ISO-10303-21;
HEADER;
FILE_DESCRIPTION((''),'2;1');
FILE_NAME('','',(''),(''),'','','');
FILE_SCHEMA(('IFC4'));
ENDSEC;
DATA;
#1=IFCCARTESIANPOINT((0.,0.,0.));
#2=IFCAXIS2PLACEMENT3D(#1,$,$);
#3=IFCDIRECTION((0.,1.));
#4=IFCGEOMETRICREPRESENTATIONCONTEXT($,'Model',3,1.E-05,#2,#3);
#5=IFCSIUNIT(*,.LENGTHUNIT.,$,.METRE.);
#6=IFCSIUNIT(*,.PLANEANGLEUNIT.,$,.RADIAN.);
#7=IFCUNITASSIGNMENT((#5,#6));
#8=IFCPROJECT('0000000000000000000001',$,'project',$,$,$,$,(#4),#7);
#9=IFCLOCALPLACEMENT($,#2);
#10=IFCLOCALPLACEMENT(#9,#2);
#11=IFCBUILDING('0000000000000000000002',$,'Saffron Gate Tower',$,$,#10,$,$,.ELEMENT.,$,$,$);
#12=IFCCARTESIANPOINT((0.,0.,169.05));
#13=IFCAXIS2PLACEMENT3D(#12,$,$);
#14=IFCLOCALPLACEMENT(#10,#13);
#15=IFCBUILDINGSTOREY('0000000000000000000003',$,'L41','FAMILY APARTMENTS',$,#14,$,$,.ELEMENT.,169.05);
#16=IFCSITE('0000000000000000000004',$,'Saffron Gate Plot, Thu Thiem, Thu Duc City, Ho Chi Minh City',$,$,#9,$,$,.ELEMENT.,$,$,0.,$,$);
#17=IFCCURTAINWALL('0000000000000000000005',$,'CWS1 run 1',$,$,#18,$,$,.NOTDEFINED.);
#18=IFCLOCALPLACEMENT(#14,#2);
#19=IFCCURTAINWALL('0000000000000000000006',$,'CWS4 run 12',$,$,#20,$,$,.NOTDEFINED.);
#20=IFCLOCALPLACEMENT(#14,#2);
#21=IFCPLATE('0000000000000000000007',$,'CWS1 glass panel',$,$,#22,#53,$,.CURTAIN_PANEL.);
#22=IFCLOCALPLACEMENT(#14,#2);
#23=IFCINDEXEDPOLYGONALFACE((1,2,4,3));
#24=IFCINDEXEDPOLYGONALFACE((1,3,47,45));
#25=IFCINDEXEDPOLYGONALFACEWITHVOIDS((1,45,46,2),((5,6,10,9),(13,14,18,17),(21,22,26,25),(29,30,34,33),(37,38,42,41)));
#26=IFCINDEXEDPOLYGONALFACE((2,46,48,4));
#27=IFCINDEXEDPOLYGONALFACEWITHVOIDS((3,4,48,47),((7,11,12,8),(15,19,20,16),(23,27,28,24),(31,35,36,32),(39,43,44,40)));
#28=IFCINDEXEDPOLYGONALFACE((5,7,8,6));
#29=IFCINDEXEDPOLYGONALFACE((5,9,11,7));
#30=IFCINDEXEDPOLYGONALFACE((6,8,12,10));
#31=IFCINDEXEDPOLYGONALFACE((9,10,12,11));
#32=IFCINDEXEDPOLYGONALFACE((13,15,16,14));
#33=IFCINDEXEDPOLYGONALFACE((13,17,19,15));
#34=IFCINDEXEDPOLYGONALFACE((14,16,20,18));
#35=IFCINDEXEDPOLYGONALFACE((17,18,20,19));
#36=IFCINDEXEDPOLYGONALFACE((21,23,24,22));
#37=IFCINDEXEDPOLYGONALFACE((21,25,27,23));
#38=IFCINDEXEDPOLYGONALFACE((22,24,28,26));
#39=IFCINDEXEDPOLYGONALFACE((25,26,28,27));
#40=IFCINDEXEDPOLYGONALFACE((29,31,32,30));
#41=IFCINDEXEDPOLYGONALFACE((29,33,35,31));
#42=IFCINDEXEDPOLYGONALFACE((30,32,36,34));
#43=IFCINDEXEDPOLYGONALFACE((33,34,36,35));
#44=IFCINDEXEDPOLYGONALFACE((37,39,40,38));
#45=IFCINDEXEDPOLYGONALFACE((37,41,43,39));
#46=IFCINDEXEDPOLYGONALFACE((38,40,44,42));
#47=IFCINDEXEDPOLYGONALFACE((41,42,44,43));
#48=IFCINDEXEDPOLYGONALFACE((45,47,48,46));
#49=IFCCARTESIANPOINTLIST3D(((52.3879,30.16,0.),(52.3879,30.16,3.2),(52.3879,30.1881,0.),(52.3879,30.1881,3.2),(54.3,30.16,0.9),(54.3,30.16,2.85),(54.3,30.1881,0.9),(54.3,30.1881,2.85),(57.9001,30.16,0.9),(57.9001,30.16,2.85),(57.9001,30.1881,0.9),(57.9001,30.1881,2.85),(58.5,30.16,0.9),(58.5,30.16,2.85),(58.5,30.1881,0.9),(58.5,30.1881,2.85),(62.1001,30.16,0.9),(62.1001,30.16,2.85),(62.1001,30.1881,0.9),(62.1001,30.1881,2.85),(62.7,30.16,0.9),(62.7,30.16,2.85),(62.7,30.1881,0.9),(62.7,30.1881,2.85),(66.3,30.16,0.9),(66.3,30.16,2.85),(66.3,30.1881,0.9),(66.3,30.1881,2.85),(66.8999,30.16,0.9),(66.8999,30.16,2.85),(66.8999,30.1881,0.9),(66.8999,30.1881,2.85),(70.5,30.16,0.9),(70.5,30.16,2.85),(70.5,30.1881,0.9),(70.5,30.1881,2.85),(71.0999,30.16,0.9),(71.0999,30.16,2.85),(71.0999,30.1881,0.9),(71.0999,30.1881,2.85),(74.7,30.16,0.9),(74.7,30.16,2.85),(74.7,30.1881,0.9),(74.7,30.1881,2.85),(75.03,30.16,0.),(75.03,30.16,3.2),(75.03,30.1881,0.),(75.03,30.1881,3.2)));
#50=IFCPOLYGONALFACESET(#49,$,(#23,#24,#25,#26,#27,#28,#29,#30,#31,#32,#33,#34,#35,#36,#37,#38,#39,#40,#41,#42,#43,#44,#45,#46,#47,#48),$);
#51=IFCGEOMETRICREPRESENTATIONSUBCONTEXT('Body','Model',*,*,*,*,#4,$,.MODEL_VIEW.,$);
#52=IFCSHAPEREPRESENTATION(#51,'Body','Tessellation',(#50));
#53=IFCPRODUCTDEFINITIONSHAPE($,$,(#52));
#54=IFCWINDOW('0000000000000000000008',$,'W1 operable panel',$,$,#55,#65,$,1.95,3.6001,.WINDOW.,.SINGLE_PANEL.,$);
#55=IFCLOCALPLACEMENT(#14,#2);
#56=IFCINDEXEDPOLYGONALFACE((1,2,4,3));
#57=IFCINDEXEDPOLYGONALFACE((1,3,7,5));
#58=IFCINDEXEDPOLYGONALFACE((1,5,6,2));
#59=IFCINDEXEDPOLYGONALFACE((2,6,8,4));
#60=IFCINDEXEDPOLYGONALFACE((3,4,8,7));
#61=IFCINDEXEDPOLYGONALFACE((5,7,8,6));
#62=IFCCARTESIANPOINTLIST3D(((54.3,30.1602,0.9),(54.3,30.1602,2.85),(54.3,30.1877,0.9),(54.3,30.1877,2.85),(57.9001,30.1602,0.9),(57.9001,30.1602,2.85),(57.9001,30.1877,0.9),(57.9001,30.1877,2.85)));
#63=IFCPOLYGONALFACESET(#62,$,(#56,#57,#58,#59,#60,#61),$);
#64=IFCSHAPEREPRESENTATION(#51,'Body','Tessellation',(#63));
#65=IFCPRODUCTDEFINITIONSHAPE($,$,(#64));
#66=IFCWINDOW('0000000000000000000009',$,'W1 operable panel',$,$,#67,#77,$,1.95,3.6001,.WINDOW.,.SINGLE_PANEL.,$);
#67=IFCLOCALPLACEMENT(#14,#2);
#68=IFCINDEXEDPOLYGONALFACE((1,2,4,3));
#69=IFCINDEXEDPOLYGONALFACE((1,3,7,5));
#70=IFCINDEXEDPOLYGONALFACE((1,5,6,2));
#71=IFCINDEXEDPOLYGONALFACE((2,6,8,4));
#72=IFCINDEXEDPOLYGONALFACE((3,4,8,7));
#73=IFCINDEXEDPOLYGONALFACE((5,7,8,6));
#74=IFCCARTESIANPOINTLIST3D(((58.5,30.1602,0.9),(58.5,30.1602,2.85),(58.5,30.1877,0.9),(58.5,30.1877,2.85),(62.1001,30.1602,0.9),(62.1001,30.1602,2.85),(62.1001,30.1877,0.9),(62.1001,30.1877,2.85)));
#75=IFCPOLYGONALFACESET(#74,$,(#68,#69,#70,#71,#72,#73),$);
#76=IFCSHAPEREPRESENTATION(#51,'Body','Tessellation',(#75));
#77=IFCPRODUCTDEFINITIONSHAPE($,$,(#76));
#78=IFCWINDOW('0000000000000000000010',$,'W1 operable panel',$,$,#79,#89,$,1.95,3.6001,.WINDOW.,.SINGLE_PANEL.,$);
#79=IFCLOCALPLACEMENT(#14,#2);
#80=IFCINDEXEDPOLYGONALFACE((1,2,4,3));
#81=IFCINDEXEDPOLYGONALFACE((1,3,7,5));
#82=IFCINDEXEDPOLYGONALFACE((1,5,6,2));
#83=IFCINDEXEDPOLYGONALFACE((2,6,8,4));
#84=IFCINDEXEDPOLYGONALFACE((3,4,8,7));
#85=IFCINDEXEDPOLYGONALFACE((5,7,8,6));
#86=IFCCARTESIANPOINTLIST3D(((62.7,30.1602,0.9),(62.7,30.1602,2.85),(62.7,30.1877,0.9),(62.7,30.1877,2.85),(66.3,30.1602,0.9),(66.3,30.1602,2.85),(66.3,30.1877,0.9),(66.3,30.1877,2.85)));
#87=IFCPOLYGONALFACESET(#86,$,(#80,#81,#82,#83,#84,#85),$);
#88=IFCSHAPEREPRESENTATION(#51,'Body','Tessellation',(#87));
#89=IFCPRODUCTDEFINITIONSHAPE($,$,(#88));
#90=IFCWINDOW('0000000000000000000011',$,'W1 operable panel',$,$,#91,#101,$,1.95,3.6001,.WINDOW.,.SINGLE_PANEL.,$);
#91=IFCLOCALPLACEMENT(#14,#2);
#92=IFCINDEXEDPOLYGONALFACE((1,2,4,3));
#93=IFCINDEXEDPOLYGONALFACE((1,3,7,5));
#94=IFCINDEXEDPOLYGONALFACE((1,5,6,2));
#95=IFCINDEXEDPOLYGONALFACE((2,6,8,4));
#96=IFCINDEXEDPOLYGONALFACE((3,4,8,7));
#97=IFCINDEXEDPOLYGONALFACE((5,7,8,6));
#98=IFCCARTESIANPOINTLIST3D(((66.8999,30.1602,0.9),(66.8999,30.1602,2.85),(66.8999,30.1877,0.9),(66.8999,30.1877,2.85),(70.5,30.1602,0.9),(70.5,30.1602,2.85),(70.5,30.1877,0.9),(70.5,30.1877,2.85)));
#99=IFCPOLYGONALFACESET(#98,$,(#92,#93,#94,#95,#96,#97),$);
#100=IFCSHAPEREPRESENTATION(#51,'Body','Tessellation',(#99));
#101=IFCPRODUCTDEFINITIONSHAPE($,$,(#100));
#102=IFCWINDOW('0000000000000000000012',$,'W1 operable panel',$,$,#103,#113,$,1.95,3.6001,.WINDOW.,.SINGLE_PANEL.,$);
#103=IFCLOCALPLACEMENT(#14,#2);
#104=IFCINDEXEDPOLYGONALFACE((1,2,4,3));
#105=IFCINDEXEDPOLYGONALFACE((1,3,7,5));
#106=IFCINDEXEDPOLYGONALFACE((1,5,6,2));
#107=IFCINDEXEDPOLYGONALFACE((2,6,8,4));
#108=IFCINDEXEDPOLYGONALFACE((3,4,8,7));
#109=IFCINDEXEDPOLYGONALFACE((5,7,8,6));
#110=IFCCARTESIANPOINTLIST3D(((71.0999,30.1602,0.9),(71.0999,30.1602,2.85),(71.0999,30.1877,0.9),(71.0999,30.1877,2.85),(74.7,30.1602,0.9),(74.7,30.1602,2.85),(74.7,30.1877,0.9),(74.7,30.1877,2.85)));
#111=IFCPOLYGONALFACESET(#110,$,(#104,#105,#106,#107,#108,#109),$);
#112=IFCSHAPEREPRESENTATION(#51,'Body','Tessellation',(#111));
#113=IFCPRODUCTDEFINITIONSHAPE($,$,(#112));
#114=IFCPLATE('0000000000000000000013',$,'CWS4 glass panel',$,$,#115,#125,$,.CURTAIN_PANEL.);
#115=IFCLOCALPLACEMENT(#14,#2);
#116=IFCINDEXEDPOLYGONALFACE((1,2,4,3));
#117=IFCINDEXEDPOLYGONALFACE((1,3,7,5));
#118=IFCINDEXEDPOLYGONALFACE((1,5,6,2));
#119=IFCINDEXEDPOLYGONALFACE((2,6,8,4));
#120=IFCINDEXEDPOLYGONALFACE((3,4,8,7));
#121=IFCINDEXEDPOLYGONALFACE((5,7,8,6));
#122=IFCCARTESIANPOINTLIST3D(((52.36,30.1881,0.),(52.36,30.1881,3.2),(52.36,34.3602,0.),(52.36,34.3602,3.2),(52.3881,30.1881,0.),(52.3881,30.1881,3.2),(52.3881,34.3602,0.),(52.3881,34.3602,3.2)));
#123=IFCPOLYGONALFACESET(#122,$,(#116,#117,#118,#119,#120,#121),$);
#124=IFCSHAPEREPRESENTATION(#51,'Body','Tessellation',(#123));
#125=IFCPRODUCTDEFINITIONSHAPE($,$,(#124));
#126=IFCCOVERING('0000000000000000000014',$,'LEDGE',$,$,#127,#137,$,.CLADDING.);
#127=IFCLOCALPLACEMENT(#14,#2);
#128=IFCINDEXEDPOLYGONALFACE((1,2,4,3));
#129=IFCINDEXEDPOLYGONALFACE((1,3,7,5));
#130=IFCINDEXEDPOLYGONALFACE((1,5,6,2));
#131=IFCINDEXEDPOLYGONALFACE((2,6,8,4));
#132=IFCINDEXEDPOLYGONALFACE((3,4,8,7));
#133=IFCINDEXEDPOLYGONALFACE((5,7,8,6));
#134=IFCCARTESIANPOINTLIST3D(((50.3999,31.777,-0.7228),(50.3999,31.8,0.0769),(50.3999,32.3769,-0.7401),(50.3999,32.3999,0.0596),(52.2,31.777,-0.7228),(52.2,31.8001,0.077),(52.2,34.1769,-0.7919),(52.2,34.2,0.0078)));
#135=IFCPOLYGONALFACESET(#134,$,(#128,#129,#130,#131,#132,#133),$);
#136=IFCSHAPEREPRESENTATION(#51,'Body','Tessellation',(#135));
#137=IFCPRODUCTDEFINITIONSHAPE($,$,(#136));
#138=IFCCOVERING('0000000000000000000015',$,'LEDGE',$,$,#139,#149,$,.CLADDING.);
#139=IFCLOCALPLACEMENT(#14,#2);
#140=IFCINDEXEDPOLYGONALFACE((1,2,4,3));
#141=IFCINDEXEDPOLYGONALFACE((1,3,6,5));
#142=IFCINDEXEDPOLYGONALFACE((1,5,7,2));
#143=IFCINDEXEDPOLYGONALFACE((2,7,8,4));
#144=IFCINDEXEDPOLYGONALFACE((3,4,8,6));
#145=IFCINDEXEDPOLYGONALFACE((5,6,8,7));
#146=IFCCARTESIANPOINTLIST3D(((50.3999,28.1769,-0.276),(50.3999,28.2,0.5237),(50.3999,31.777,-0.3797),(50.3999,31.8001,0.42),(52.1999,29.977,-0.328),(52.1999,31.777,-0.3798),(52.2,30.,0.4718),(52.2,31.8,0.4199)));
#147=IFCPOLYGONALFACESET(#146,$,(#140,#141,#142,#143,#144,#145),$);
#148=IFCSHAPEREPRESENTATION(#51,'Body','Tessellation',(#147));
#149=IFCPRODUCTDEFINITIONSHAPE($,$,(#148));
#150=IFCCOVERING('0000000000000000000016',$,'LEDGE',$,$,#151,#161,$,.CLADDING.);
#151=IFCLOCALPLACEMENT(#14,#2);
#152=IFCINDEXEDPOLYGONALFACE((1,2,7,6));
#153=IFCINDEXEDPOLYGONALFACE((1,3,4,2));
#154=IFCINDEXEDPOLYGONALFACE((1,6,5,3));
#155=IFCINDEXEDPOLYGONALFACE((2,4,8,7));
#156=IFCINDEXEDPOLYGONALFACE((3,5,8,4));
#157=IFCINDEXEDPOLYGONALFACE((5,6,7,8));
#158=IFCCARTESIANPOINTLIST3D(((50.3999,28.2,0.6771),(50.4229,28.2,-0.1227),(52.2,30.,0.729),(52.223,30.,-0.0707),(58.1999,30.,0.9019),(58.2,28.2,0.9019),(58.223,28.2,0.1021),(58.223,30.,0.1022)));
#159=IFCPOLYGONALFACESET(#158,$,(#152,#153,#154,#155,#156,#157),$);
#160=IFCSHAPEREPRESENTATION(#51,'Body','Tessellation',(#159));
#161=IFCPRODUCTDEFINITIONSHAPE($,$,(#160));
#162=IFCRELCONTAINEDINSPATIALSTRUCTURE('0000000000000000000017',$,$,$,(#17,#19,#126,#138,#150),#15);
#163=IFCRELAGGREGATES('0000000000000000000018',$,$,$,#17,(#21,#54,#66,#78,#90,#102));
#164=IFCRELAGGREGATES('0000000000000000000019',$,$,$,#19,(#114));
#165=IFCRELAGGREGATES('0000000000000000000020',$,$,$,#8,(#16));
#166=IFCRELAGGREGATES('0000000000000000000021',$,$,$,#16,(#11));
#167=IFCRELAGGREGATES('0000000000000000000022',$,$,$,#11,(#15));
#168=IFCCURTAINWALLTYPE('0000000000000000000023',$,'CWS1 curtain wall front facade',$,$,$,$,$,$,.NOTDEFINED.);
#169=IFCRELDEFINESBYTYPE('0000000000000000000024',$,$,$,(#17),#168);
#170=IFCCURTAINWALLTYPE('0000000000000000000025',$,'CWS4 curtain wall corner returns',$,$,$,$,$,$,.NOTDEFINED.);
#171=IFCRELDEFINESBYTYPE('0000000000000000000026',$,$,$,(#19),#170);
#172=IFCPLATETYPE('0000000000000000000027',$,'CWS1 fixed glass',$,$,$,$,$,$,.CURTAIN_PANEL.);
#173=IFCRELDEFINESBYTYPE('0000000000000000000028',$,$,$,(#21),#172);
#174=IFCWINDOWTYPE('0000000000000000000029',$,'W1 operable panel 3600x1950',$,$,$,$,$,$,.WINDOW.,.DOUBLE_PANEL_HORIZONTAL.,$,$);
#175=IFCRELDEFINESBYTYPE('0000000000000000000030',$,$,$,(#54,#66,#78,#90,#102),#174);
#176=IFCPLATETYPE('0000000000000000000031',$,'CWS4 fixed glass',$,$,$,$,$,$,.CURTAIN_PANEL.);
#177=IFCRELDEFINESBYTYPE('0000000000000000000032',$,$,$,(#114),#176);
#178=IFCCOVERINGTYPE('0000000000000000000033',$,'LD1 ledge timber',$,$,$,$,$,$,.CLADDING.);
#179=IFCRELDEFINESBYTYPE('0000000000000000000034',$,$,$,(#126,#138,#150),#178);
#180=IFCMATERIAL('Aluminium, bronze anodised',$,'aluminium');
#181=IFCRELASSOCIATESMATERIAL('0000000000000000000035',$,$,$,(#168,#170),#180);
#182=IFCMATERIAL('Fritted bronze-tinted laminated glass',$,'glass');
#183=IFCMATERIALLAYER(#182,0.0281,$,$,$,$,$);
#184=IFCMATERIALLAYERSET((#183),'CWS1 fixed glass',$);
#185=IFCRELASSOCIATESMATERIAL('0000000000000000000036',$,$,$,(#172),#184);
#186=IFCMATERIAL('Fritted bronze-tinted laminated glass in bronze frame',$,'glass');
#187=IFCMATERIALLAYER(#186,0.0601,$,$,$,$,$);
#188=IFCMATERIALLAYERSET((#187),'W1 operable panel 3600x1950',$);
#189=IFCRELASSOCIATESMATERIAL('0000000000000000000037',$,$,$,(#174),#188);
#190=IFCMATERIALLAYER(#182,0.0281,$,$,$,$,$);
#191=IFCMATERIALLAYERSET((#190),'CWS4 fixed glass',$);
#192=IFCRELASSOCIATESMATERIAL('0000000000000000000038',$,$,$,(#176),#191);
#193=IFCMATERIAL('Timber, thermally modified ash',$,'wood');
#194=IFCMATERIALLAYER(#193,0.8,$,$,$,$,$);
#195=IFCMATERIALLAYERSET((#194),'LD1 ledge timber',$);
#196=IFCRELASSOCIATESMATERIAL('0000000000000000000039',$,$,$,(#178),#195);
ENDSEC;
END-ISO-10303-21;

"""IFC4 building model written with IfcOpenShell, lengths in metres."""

from ifc_helpers import new_model, si_unit, direction, frame, frame_2d, origin, place, context, subcontext, project, spatial, polyline, rectangle, outline, extrude, material, layer, layer_set, type_object, element, fill, aggregate, save


model = new_model("IFC4")

# Units and contexts
model_context = context("Model", 3, precision=1e-05, world=origin(), true_north=direction((0.0, 1.0)))
body_context = subcontext(model_context, "Body", "Model", "MODEL_VIEW")
ifc_project = project(units=[si_unit("LENGTHUNIT", "METRE"), si_unit("PLANEANGLEUNIT", "RADIAN")], contexts=[model_context])

# Site, building, storey
site_placement = place(None, origin())
site = spatial("IfcSite", under=ifc_project, at=site_placement, Name="Saffron Gate Plot, Thu Thiem, Thu Duc City, Ho Chi Minh City", CompositionType="ELEMENT", RefElevation=0.0)
building_placement = place(site_placement, origin())
building = spatial("IfcBuilding", under=site, at=building_placement, Name="Saffron Gate Tower", CompositionType="ELEMENT")
storey_placement = place(building_placement, frame((0.0, 0.0, 169.05)))
storey = spatial("IfcBuildingStorey", under=building, at=storey_placement, Name="L41", Description="FAMILY APARTMENTS", CompositionType="ELEMENT", Elevation=169.05)

# Curtain walls
ifc_material_1 = material(Name="Aluminium, bronze anodised", Category="aluminium")
curtain_wall_type_1 = type_object("IfcCurtainWallType", Name="CWS1 curtain wall front facade", PredefinedType="NOTDEFINED", material=ifc_material_1)
curtain_wall_1_placement = place(storey_placement, origin())
curtain_wall_1 = element("IfcCurtainWall", 1, at=curtain_wall_1_placement, inside=storey, type_object=curtain_wall_type_1, Name="CWS1 run 1", PredefinedType="NOTDEFINED")
curtain_wall_type_2 = type_object("IfcCurtainWallType", Name="CWS4 curtain wall corner returns", PredefinedType="NOTDEFINED", material=ifc_material_1)
curtain_wall_2_placement = place(storey_placement, origin())
curtain_wall_2 = element("IfcCurtainWall", 2, at=curtain_wall_2_placement, inside=storey, type_object=curtain_wall_type_2, Name="CWS4 run 12", PredefinedType="NOTDEFINED")

# Plate, openings, windows
ifc_material_2 = material(Name="Fritted bronze-tinted laminated glass", Category="glass")
ifc_layer_1 = layer(ifc_material_2, 0.0281)
ifc_layer_set_1 = layer_set([ifc_layer_1], Name="CWS1 fixed glass")
plate_type_1 = type_object("IfcPlateType", Name="CWS1 fixed glass", PredefinedType="CURTAIN_PANEL", material=ifc_layer_set_1)
plate_1_placement = place(storey_placement, frame((52.3879, 30.1741, 0.0), z_axis=(0.0, 0.0, 1.0), x_axis=(1.0, 0.0, 0.0)))
plate_1 = element("IfcPlate", 3, at=plate_1_placement, type_object=plate_type_1, Name="CWS1 glass panel", PredefinedType="CURTAIN_PANEL", context=body_context, shape_type="SweptSolid", body=[
    extrude(rectangle(XDim=22.6421, YDim=0.0281, at=frame_2d((11.321, 0.0))), origin(), (0.0, 0.0, 1.0), 3.2),
])
opening_1_placement = place(plate_1_placement, frame((1.9121, 0.0, 0.8999)))
opening_1 = element("IfcOpeningElement", 4, at=opening_1_placement, cuts=plate_1, PredefinedType="OPENING", context=body_context, shape_type="SweptSolid", body=[
    extrude(rectangle(XDim=3.6001, YDim=1.95, at=frame_2d((1.8, 0.9751))), frame((0.0, 0.0239, 0.0), z_axis=(0.0, -1.0, 0.0), x_axis=(1.0, 0.0, 0.0)), (0.0, 0.0, 1.0), 0.0481),
])
opening_2_placement = place(plate_1_placement, frame((6.1121, 0.0, 0.8999)))
opening_2 = element("IfcOpeningElement", 5, at=opening_2_placement, cuts=plate_1, PredefinedType="OPENING", context=body_context, shape_type="SweptSolid", body=[
    extrude(rectangle(XDim=3.6001, YDim=1.95, at=frame_2d((1.8, 0.9751))), frame((0.0, 0.0239, 0.0), z_axis=(0.0, -1.0, 0.0), x_axis=(1.0, 0.0, 0.0)), (0.0, 0.0, 1.0), 0.0481),
])
opening_3_placement = place(plate_1_placement, frame((10.312, 0.0, 0.8999)))
opening_3 = element("IfcOpeningElement", 6, at=opening_3_placement, cuts=plate_1, PredefinedType="OPENING", context=body_context, shape_type="SweptSolid", body=[
    extrude(rectangle(XDim=3.6001, YDim=1.95, at=frame_2d((1.8, 0.9751))), frame((0.0, 0.0239, 0.0), z_axis=(0.0, -1.0, 0.0), x_axis=(1.0, 0.0, 0.0)), (0.0, 0.0, 1.0), 0.0481),
])
opening_4_placement = place(plate_1_placement, frame((14.512, 0.0, 0.8999)))
opening_4 = element("IfcOpeningElement", 7, at=opening_4_placement, cuts=plate_1, PredefinedType="OPENING", context=body_context, shape_type="SweptSolid", body=[
    extrude(rectangle(XDim=3.6001, YDim=1.95, at=frame_2d((1.8, 0.9751))), frame((0.0, 0.0239, 0.0), z_axis=(0.0, -1.0, 0.0), x_axis=(1.0, 0.0, 0.0)), (0.0, 0.0, 1.0), 0.0481),
])
opening_5_placement = place(plate_1_placement, frame((18.7119, 0.0, 0.8999)))
opening_5 = element("IfcOpeningElement", 8, at=opening_5_placement, cuts=plate_1, PredefinedType="OPENING", context=body_context, shape_type="SweptSolid", body=[
    extrude(rectangle(XDim=3.6001, YDim=1.95, at=frame_2d((1.8, 0.9751))), frame((0.0, 0.0239, 0.0), z_axis=(0.0, -1.0, 0.0), x_axis=(1.0, 0.0, 0.0)), (0.0, 0.0, 1.0), 0.0481),
])
ifc_material_3 = material(Name="Fritted bronze-tinted laminated glass in bronze frame", Category="glass")
ifc_layer_2 = layer(ifc_material_3, 0.0601)
ifc_layer_set_2 = layer_set([ifc_layer_2], Name="W1 operable panel 3600x1950")
window_type = type_object("IfcWindowType", Name="W1 operable panel 3600x1950", PartitioningType="DOUBLE_PANEL_HORIZONTAL", PredefinedType="WINDOW", material=ifc_layer_set_2)
window_1_placement = place(opening_1_placement, origin())
window_1 = element("IfcWindow", 9, at=window_1_placement, type_object=window_type, Name="W1 operable panel", OverallHeight=1.95, OverallWidth=3.6001, PartitioningType="SINGLE_PANEL", PredefinedType="WINDOW", context=body_context, shape_type="SweptSolid", body=[
    extrude(rectangle(XDim=3.6001, YDim=1.95, at=frame_2d((1.8, 0.9751))), frame((0.0, 0.0137, 0.0), z_axis=(0.0, -1.0, 0.0), x_axis=(1.0, 0.0, 0.0)), (0.0, 0.0, 1.0), 0.0276),
])
fill(opening_1, window_1)
window_2_placement = place(opening_2_placement, origin())
window_2 = element("IfcWindow", 10, at=window_2_placement, type_object=window_type, Name="W1 operable panel", OverallHeight=1.95, OverallWidth=3.6001, PartitioningType="SINGLE_PANEL", PredefinedType="WINDOW", context=body_context, shape_type="SweptSolid", body=[
    extrude(rectangle(XDim=3.6001, YDim=1.95, at=frame_2d((1.8, 0.9751))), frame((0.0, 0.0137, 0.0), z_axis=(0.0, -1.0, 0.0), x_axis=(1.0, 0.0, 0.0)), (0.0, 0.0, 1.0), 0.0276),
])
fill(opening_2, window_2)
window_3_placement = place(opening_3_placement, origin())
window_3 = element("IfcWindow", 11, at=window_3_placement, type_object=window_type, Name="W1 operable panel", OverallHeight=1.95, OverallWidth=3.6001, PartitioningType="SINGLE_PANEL", PredefinedType="WINDOW", context=body_context, shape_type="SweptSolid", body=[
    extrude(rectangle(XDim=3.6001, YDim=1.95, at=frame_2d((1.8, 0.9751))), frame((0.0, 0.0137, 0.0), z_axis=(0.0, -1.0, 0.0), x_axis=(1.0, 0.0, 0.0)), (0.0, 0.0, 1.0), 0.0276),
])
fill(opening_3, window_3)
window_4_placement = place(opening_4_placement, origin())
window_4 = element("IfcWindow", 12, at=window_4_placement, type_object=window_type, Name="W1 operable panel", OverallHeight=1.95, OverallWidth=3.6001, PartitioningType="SINGLE_PANEL", PredefinedType="WINDOW", context=body_context, shape_type="SweptSolid", body=[
    extrude(rectangle(XDim=3.6001, YDim=1.95, at=frame_2d((1.8, 0.9751))), frame((0.0, 0.0137, 0.0), z_axis=(0.0, -1.0, 0.0), x_axis=(1.0, 0.0, 0.0)), (0.0, 0.0, 1.0), 0.0276),
])
fill(opening_4, window_4)
window_5_placement = place(opening_5_placement, origin())
window_5 = element("IfcWindow", 13, at=window_5_placement, type_object=window_type, Name="W1 operable panel", OverallHeight=1.95, OverallWidth=3.6001, PartitioningType="SINGLE_PANEL", PredefinedType="WINDOW", context=body_context, shape_type="SweptSolid", body=[
    extrude(rectangle(XDim=3.6001, YDim=1.95, at=frame_2d((1.8, 0.9751))), frame((0.0, 0.0137, 0.0), z_axis=(0.0, -1.0, 0.0), x_axis=(1.0, 0.0, 0.0)), (0.0, 0.0, 1.0), 0.0276),
])
fill(opening_5, window_5)
aggregate(curtain_wall_1, [plate_1, window_1, window_2, window_3, window_4, window_5])

# Plate
ifc_layer_3 = layer(ifc_material_2, 0.0281)
ifc_layer_set_3 = layer_set([ifc_layer_3], Name="CWS4 fixed glass")
plate_type_2 = type_object("IfcPlateType", Name="CWS4 fixed glass", PredefinedType="CURTAIN_PANEL", material=ifc_layer_set_3)
plate_2_placement = place(storey_placement, frame((52.374, 34.3601, 0.0), z_axis=(0.0, 0.0, 1.0), x_axis=(0.0, -1.0, 0.0)))
plate_2 = element("IfcPlate", 14, at=plate_2_placement, type_object=plate_type_2, Name="CWS4 glass panel", PredefinedType="CURTAIN_PANEL", context=body_context, shape_type="SweptSolid", body=[
    extrude(rectangle(XDim=4.1721, YDim=0.0281, at=frame_2d((2.0859, 0.0))), origin(), (0.0, 0.0, 1.0), 3.2),
])
aggregate(curtain_wall_2, [plate_2])

# Coverings
ifc_material_4 = material(Name="Timber, thermally modified ash", Category="wood")
ifc_layer_4 = layer(ifc_material_4, 0.8)
ifc_layer_set_4 = layer_set([ifc_layer_4], Name="LD1 ledge timber")
covering_type_1 = type_object("IfcCoveringType", Name="LD1 ledge timber", PredefinedType="CLADDING", material=ifc_layer_set_4)
covering_1_placement = place(storey_placement, frame((52.2, 34.2, 0.0078), z_axis=(-0.000029, 0.028799, 0.999585), x_axis=(0.0, -0.999585, 0.028799)))
element("IfcCovering", 15, at=covering_1_placement, inside=storey, type_object=covering_type_1, Name="LEDGE", PredefinedType="CLADDING", context=body_context, shape_type="SweptSolid", body=[
    extrude(outline(polyline([(0.0, 0.0), (2.4009, 0.0), (2.4009, -1.8), (1.8008, -1.8), (0.0, 0.0)])), origin(), (0.0, 0.0, -1.0), 0.8),
])
covering_2_placement = place(storey_placement, frame((52.2, 31.8, 0.4199), z_axis=(0.000045, 0.028787, 0.999586), x_axis=(0.0, -0.999586, 0.028787)))
element("IfcCovering", 16, at=covering_2_placement, inside=storey, type_object=covering_type_1, Name="LEDGE", PredefinedType="CLADDING", context=body_context, shape_type="SweptSolid", body=[
    extrude(outline(polyline([(0.0, 0.0), (1.8008, 0.0), (3.6016, -1.8), (0.0, -1.8), (0.0, 0.0)])), origin(), (0.0, 0.0, -1.0), 0.8),
])
covering_3_placement = place(storey_placement, frame((52.2, 30.0, 0.729), z_axis=(-0.028807, -0.000035, 0.999585), x_axis=(0.999585, 0.0, 0.028807)))
element("IfcCovering", 17, at=covering_3_placement, inside=storey, type_object=covering_type_1, Name="LEDGE", PredefinedType="CLADDING", context=body_context, shape_type="SweptSolid", body=[
    extrude(outline(polyline([(0.0, 0.0), (6.0025, 0.0), (6.0025, -1.8), (-1.8008, -1.8), (0.0, 0.0)])), origin(), (0.0, 0.0, -1.0), 0.8),
])

save(model, "model.ifc")
